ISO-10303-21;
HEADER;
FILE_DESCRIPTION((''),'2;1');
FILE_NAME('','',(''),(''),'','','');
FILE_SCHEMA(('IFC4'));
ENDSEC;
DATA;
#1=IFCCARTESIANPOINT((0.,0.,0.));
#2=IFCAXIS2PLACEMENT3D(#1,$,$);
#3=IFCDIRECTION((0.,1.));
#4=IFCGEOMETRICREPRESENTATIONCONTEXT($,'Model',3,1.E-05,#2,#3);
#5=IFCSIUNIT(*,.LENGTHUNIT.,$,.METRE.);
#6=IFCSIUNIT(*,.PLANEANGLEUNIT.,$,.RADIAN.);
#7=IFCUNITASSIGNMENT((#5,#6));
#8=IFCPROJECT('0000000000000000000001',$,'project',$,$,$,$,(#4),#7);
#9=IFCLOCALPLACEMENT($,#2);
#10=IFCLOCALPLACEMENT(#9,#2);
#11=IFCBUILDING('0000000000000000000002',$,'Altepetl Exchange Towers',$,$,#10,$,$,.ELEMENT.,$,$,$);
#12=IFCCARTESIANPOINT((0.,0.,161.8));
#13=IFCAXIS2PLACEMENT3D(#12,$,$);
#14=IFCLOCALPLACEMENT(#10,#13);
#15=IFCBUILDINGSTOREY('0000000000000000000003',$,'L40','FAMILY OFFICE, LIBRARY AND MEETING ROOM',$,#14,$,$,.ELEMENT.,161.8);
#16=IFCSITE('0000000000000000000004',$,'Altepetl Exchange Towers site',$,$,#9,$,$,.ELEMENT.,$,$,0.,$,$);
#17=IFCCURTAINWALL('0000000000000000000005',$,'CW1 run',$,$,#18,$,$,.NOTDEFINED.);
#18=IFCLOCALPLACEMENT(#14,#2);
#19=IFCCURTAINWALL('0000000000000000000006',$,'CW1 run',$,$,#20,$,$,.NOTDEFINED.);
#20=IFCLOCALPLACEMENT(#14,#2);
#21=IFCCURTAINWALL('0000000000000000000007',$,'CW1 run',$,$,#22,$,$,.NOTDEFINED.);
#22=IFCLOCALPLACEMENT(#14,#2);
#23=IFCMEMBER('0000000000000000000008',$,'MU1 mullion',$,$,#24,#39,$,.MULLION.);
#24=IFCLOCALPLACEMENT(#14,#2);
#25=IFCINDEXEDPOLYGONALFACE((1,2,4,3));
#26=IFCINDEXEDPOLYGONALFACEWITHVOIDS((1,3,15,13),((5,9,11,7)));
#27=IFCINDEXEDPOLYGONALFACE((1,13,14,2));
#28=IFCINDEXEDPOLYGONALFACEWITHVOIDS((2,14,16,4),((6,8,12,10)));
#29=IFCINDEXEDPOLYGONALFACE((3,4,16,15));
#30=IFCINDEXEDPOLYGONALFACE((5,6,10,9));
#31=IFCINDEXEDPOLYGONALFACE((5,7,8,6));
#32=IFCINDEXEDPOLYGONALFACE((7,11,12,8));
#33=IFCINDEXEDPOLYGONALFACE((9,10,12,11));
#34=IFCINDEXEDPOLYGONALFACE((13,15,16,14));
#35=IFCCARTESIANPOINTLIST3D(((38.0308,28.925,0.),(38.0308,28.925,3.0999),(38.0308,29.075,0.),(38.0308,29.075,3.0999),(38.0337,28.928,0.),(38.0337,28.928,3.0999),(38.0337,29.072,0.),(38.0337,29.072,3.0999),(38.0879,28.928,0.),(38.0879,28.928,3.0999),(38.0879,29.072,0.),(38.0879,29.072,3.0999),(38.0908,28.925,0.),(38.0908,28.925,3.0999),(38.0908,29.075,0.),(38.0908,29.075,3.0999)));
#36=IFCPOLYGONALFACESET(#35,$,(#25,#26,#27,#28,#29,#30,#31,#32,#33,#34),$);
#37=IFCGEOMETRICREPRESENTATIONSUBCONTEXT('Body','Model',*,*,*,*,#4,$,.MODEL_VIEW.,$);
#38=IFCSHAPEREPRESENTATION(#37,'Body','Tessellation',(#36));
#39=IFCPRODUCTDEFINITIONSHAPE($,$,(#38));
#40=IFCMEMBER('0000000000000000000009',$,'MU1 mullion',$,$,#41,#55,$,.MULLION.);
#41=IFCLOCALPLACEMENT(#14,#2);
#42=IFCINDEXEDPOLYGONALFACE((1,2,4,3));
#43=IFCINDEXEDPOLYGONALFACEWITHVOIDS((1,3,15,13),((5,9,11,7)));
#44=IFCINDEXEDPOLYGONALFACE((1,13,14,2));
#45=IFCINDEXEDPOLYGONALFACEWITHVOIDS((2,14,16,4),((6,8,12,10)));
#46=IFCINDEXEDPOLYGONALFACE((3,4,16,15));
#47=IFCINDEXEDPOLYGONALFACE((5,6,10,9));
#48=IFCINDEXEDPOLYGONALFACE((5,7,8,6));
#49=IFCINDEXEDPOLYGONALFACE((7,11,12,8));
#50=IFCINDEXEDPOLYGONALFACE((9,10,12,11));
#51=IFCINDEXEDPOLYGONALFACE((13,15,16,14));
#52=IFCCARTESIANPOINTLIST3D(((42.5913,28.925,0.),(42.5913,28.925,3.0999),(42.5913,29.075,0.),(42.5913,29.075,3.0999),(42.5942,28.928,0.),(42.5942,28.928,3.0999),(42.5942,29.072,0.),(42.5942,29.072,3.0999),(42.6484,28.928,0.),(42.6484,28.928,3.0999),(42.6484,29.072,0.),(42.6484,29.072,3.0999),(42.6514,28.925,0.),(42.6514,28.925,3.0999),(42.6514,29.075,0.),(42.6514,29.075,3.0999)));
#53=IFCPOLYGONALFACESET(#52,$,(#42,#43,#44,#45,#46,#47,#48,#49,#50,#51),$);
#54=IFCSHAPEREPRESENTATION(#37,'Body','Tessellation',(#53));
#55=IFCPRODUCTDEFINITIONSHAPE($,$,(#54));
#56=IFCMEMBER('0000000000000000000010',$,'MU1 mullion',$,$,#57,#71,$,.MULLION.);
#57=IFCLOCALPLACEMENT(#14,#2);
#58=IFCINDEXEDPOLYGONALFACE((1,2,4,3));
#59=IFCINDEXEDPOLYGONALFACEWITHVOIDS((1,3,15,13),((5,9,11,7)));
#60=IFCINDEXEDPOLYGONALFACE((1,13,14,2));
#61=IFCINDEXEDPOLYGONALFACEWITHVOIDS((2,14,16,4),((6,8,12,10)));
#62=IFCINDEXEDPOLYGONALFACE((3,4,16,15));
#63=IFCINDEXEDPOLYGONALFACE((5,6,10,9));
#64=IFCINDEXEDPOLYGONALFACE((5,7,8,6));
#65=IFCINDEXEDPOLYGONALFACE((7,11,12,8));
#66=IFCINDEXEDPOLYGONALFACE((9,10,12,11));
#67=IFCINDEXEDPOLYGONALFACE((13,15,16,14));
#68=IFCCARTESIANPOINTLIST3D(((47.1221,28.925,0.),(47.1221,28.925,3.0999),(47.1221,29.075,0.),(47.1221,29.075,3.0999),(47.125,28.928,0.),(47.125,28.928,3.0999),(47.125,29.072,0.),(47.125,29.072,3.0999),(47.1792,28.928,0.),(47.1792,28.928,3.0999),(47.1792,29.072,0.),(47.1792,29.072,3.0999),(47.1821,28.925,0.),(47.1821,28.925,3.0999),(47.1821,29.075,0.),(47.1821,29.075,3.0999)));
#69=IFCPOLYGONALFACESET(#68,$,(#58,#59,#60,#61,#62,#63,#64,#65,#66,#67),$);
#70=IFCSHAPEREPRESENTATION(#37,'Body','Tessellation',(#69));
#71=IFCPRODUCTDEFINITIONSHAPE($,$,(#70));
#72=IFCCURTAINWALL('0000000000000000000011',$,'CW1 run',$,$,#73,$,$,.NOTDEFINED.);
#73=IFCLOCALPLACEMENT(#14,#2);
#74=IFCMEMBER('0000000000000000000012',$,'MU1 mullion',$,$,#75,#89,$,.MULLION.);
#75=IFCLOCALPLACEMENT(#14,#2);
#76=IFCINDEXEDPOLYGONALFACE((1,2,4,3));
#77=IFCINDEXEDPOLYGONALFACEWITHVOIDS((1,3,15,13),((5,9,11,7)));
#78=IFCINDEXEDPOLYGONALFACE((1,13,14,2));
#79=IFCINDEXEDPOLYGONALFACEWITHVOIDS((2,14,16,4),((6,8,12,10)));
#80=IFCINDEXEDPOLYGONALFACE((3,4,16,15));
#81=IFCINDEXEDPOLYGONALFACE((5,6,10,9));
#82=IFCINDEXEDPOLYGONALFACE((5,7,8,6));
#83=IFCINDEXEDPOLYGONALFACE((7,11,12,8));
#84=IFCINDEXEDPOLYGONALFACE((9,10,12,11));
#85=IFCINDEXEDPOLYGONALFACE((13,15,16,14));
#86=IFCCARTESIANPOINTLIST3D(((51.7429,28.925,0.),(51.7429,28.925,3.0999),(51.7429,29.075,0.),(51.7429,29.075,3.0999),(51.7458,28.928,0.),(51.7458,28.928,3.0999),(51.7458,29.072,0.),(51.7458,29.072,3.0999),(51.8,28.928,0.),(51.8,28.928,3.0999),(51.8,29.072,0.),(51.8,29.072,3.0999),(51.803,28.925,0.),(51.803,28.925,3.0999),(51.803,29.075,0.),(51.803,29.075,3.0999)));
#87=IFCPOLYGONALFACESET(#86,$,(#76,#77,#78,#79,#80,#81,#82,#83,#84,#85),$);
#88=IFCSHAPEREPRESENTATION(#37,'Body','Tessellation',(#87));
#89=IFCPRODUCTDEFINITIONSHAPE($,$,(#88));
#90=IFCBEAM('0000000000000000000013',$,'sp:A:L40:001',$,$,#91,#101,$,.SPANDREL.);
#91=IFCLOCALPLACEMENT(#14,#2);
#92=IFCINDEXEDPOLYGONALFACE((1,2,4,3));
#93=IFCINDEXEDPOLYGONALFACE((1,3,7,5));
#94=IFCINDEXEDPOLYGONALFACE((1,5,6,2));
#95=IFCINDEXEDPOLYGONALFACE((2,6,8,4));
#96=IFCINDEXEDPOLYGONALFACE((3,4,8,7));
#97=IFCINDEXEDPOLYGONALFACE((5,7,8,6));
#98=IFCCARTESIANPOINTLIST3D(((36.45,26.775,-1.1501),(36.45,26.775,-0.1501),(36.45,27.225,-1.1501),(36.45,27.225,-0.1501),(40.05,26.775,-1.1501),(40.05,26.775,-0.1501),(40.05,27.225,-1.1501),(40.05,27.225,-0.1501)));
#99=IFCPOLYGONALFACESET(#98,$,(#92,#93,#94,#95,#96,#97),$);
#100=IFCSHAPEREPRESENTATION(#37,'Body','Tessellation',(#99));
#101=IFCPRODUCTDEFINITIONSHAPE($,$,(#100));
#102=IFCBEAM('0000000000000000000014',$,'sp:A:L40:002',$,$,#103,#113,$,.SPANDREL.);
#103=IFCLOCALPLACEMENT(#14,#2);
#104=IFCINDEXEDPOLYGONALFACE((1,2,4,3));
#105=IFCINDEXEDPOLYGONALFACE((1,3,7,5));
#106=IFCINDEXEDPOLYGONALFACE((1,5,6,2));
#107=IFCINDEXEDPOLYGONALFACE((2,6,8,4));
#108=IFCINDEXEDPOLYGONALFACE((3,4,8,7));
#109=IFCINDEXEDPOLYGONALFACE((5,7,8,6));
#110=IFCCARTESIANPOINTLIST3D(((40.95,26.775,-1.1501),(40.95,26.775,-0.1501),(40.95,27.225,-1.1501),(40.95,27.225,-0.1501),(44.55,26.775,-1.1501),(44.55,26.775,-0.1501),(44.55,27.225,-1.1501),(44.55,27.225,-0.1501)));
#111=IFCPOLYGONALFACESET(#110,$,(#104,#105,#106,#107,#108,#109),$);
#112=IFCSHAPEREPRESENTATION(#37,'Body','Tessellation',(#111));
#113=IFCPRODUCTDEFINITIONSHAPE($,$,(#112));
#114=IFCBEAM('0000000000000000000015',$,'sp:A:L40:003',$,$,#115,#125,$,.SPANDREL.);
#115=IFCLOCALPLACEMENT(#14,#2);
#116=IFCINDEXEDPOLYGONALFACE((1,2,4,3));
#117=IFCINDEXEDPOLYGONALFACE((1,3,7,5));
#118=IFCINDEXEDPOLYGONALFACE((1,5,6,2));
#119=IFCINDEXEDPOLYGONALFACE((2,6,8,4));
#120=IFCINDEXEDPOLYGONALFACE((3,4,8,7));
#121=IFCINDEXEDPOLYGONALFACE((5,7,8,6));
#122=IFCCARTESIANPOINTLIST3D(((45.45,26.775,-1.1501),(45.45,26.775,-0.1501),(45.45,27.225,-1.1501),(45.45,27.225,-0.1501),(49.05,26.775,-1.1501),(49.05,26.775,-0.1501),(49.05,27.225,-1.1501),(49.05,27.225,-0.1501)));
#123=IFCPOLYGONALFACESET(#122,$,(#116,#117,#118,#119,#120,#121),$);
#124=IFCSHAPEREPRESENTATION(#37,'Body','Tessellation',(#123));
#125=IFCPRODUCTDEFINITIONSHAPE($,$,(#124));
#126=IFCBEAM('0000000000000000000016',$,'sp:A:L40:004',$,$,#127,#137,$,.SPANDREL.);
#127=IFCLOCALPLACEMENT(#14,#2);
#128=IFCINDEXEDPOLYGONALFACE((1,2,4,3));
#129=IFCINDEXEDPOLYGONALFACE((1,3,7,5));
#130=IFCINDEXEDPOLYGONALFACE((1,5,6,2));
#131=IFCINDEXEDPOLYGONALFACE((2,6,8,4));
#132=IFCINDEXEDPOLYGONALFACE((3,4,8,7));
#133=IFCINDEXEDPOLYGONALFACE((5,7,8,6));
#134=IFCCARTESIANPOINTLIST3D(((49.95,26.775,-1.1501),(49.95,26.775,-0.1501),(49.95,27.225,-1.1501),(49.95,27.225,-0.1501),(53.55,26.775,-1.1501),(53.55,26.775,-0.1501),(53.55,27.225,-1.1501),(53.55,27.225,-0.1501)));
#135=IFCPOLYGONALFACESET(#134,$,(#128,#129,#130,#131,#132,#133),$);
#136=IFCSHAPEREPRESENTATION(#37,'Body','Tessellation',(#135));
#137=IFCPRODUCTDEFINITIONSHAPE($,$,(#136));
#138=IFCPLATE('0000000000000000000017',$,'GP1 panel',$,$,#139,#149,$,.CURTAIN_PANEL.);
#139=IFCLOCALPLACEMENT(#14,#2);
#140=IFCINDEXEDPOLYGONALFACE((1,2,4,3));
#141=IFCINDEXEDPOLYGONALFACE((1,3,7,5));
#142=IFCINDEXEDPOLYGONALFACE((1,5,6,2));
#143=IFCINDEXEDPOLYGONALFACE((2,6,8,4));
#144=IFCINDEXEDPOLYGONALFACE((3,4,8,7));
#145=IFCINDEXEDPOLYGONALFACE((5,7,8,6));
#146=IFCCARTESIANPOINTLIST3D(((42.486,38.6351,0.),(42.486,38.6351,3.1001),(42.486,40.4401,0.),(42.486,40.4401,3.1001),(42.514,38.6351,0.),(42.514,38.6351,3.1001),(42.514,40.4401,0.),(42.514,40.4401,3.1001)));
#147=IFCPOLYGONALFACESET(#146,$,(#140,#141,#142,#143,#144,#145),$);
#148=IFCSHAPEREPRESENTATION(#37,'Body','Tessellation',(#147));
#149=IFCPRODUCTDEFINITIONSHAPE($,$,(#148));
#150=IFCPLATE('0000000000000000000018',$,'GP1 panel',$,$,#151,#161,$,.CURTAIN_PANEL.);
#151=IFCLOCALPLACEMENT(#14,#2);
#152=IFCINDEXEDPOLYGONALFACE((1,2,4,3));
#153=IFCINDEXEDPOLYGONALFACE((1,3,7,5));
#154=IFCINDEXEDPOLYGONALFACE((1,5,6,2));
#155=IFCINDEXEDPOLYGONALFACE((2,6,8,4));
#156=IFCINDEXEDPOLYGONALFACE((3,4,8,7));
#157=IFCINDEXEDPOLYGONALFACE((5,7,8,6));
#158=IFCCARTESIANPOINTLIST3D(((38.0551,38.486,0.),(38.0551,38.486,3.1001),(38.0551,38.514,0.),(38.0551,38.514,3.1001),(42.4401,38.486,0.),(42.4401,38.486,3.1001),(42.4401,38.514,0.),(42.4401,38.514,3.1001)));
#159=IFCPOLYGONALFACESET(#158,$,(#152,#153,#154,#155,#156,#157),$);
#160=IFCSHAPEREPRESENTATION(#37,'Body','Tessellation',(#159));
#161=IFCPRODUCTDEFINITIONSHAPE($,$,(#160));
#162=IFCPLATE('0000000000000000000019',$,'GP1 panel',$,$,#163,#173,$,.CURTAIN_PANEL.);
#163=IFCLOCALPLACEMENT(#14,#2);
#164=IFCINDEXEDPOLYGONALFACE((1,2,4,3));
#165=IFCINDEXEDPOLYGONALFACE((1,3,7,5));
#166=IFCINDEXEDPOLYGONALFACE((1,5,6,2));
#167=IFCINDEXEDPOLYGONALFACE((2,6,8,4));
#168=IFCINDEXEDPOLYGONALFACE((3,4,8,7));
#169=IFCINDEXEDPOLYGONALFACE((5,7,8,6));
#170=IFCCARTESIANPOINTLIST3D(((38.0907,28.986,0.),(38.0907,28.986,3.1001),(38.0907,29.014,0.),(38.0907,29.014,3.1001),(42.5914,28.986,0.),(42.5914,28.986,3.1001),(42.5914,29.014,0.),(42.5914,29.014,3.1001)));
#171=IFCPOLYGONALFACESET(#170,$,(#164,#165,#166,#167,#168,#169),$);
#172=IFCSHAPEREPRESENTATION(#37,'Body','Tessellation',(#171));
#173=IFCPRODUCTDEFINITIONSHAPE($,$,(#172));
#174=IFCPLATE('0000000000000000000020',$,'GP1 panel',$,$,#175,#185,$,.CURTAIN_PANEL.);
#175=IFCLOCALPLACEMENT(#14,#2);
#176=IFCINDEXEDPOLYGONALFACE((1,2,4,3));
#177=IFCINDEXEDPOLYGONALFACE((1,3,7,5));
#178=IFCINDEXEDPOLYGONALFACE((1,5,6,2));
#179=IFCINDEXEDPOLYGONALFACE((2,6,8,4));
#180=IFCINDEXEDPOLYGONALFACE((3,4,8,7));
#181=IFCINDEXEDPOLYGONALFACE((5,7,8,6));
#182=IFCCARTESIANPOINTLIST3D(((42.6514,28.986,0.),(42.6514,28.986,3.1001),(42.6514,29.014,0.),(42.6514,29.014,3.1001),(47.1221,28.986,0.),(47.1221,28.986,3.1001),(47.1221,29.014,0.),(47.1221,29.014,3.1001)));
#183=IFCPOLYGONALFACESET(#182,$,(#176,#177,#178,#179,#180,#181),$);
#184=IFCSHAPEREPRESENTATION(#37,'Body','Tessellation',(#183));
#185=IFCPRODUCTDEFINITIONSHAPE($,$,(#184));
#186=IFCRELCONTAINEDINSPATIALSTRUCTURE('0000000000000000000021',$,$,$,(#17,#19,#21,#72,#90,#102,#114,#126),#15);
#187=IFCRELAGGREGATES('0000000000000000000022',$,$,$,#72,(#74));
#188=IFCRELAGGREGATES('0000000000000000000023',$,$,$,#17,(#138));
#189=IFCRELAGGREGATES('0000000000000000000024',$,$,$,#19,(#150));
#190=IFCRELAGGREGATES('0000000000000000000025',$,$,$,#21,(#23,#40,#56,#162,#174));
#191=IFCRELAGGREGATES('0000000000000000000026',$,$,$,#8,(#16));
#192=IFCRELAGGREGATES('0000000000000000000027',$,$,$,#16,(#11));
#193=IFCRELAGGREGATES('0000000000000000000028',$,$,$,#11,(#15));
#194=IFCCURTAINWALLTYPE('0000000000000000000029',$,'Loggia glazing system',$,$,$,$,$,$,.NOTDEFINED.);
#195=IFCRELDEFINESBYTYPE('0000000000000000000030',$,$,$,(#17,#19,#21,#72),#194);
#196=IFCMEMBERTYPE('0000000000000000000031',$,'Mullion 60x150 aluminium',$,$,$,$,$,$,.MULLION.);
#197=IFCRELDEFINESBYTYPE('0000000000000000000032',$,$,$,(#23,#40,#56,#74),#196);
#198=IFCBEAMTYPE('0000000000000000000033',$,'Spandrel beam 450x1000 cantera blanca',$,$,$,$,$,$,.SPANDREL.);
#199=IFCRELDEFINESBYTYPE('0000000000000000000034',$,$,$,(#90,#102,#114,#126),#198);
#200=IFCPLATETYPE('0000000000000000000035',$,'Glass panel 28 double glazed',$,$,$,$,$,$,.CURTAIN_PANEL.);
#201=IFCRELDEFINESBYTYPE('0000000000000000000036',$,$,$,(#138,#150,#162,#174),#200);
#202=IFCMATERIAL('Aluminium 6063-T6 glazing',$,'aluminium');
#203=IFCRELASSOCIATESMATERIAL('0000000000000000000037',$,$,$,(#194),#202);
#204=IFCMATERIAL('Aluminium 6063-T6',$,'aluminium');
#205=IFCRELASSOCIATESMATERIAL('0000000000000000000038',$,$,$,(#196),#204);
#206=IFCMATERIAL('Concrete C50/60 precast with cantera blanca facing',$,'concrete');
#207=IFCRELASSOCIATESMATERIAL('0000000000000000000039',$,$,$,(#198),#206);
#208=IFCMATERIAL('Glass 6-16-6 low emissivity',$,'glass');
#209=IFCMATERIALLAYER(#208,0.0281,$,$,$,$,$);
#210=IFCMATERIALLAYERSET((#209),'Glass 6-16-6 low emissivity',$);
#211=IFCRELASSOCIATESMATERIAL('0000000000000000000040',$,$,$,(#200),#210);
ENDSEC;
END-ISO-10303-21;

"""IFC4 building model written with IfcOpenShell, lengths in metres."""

from ifc_helpers import new_model, si_unit, direction, frame, origin, origin_2d, place, context, subcontext, project, spatial, rectangle, hollow_rectangle, extrude, material, layer, layer_set, material_profile, profile_set, type_object, element, aggregate, save


model = new_model("IFC4")

# Units and contexts
model_context = context("Model", 3, precision=1e-05, world=origin(), true_north=direction((0.0, 1.0)))
body_context = subcontext(model_context, "Body", "Model", "MODEL_VIEW")
ifc_project = project(units=[si_unit("LENGTHUNIT", "METRE"), si_unit("PLANEANGLEUNIT", "RADIAN")], contexts=[model_context])

# Site, building, storey
site_placement = place(None, origin())
site = spatial("IfcSite", under=ifc_project, at=site_placement, Name="Altepetl Exchange Towers site", CompositionType="ELEMENT", RefElevation=0.0)
building_placement = place(site_placement, origin())
building = spatial("IfcBuilding", under=site, at=building_placement, Name="Altepetl Exchange Towers", CompositionType="ELEMENT")
storey_placement = place(building_placement, frame((0.0, 0.0, 161.8)))
storey = spatial("IfcBuildingStorey", under=building, at=storey_placement, Name="L40", Description="FAMILY OFFICE, LIBRARY AND MEETING ROOM", CompositionType="ELEMENT", Elevation=161.8)

# Curtain wall
ifc_material_1 = material(Name="Aluminium 6063-T6 glazing", Category="aluminium")
curtain_wall_type = type_object("IfcCurtainWallType", Name="Loggia glazing system", PredefinedType="NOTDEFINED", material=ifc_material_1)
curtain_wall_1_placement = place(storey_placement, origin())
curtain_wall_1 = element("IfcCurtainWall", 1, at=curtain_wall_1_placement, inside=storey, type_object=curtain_wall_type, Name="CW1 run", PredefinedType="NOTDEFINED")
ifc_material_2 = material(Name="Aluminium 6063-T6", Category="aluminium")
ifc_material_profile_1 = material_profile(ifc_material_2, hollow_rectangle(XDim=0.0601, YDim=0.1499, WallThickness=0.0029, at=origin_2d()), Name="Mullion 60x150 aluminium")
ifc_profile_set_1 = profile_set([ifc_material_profile_1], Name="Aluminium 6063-T6")
member_type = type_object("IfcMemberType", Name="Mullion 60x150 aluminium", PredefinedType="MULLION", material=ifc_profile_set_1)

# Curtain walls, members
curtain_wall_2_placement = place(storey_placement, origin())
curtain_wall_2 = element("IfcCurtainWall", 2, at=curtain_wall_2_placement, inside=storey, type_object=curtain_wall_type, Name="CW1 run", PredefinedType="NOTDEFINED")
curtain_wall_3_placement = place(storey_placement, origin())
curtain_wall_3 = element("IfcCurtainWall", 3, at=curtain_wall_3_placement, inside=storey, type_object=curtain_wall_type, Name="CW1 run", PredefinedType="NOTDEFINED")
member_1_placement = place(storey_placement, frame((38.0608, 29.0, 0.0)))
member_1 = element("IfcMember", 4, at=member_1_placement, type_object=member_type, Name="MU1 mullion", PredefinedType="MULLION", context=body_context, shape_type="SweptSolid", body=[
    extrude(hollow_rectangle(XDim=0.0601, YDim=0.1499, WallThickness=0.0029, at=origin_2d()), origin(), (0.0, 0.0, 1.0), 3.0999),
])
member_2_placement = place(storey_placement, frame((42.6213, 29.0, 0.0)))
member_2 = element("IfcMember", 5, at=member_2_placement, type_object=member_type, Name="MU1 mullion", PredefinedType="MULLION", context=body_context, shape_type="SweptSolid", body=[
    extrude(hollow_rectangle(XDim=0.0601, YDim=0.1499, WallThickness=0.0029, at=origin_2d()), origin(), (0.0, 0.0, 1.0), 3.0999),
])
member_3_placement = place(storey_placement, frame((47.1521, 29.0, 0.0)))
member_3 = element("IfcMember", 6, at=member_3_placement, type_object=member_type, Name="MU1 mullion", PredefinedType="MULLION", context=body_context, shape_type="SweptSolid", body=[
    extrude(hollow_rectangle(XDim=0.0601, YDim=0.1499, WallThickness=0.0029, at=origin_2d()), origin(), (0.0, 0.0, 1.0), 3.0999),
])

# Curtain wall, member
curtain_wall_4_placement = place(storey_placement, origin())
curtain_wall_4 = element("IfcCurtainWall", 7, at=curtain_wall_4_placement, inside=storey, type_object=curtain_wall_type, Name="CW1 run", PredefinedType="NOTDEFINED")
member_4_placement = place(storey_placement, frame((51.7729, 29.0, 0.0)))
member_4 = element("IfcMember", 8, at=member_4_placement, type_object=member_type, Name="MU1 mullion", PredefinedType="MULLION", context=body_context, shape_type="SweptSolid", body=[
    extrude(hollow_rectangle(XDim=0.0601, YDim=0.1499, WallThickness=0.0029, at=origin_2d()), origin(), (0.0, 0.0, 1.0), 3.0999),
])
aggregate(curtain_wall_4, [member_4])

# Beams
ifc_material_3 = material(Name="Concrete C50/60 precast with cantera blanca facing", Category="concrete")
ifc_material_profile_2 = material_profile(ifc_material_3, rectangle(XDim=0.45, YDim=1.0, at=origin_2d()), Name="450 x 1000")
ifc_profile_set_2 = profile_set([ifc_material_profile_2], Name="Concrete C50/60 precast with cantera blanca facing")
beam_type_1 = type_object("IfcBeamType", Name="Spandrel beam 450x1000 cantera blanca", PredefinedType="SPANDREL", material=ifc_profile_set_2)
for number, where, z_axis, x_axis, name in (
    (9, (36.45, 27.0, -0.6501), (1.0, 0.0, 0.0), (0.0, 1.0, 0.0), "sp:A:L40:001"),
    (10, (40.95, 27.0, -0.6501), (1.0, 0.0, 0.0), (0.0, 1.0, 0.0), "sp:A:L40:002"),
    (11, (45.45, 27.0, -0.6501), (1.0, 0.0, 0.0), (0.0, 1.0, 0.0), "sp:A:L40:003"),
    (12, (49.95, 27.0, -0.6501), (1.0, 0.0, 0.0), (0.0, 1.0, 0.0), "sp:A:L40:004"),
):
    element("IfcBeam", number, at=place(storey_placement, frame(where, z_axis=z_axis, x_axis=x_axis)), inside=storey, type_object=beam_type_1, Name=name, PredefinedType="SPANDREL", context=body_context, shape_type="SweptSolid", body=[
        extrude(rectangle(XDim=0.45, YDim=1.0, at=origin_2d()), origin(), (0.0, 0.0, 1.0), 3.6001),
    ])

# Plates
ifc_material_4 = material(Name="Glass 6-16-6 low emissivity", Category="glass")
ifc_layer_1 = layer(ifc_material_4, 0.0281)
ifc_layer_set_1 = layer_set([ifc_layer_1], Name="Glass 6-16-6 low emissivity")
plate_type = type_object("IfcPlateType", Name="Glass panel 28 double glazed", PredefinedType="CURTAIN_PANEL", material=ifc_layer_set_1)
plate_1_placement = place(storey_placement, frame((42.5, 39.5376, 0.0), z_axis=(0.0, 0.0, 1.0), x_axis=(0.0, -1.0, 0.0)))
plate_1 = element("IfcPlate", 13, at=plate_1_placement, type_object=plate_type, Name="GP1 panel", PredefinedType="CURTAIN_PANEL", context=body_context, shape_type="SweptSolid", body=[
    extrude(rectangle(XDim=1.8049, YDim=0.0281, at=origin_2d()), origin(), (0.0, 0.0, 1.0), 3.1001),
])
aggregate(curtain_wall_1, [plate_1])
plate_2_placement = place(storey_placement, frame((40.2476, 38.5, 0.0), z_axis=(0.0, 0.0, 1.0), x_axis=(-1.0, 0.0, 0.0)))
plate_2 = element("IfcPlate", 14, at=plate_2_placement, type_object=plate_type, Name="GP1 panel", PredefinedType="CURTAIN_PANEL", context=body_context, shape_type="SweptSolid", body=[
    extrude(rectangle(XDim=4.385, YDim=0.0281, at=origin_2d()), origin(), (0.0, 0.0, 1.0), 3.1001),
])
aggregate(curtain_wall_2, [plate_2])
plate_3_placement = place(storey_placement, frame((40.3411, 29.0, 0.0)))
plate_3 = element("IfcPlate", 15, at=plate_3_placement, type_object=plate_type, Name="GP1 panel", PredefinedType="CURTAIN_PANEL", context=body_context, shape_type="SweptSolid", body=[
    extrude(rectangle(XDim=4.5007, YDim=0.0281, at=origin_2d()), origin(), (0.0, 0.0, 1.0), 3.1001),
])
plate_4_placement = place(storey_placement, frame((44.8867, 29.0, 0.0)))
plate_4 = element("IfcPlate", 16, at=plate_4_placement, type_object=plate_type, Name="GP1 panel", PredefinedType="CURTAIN_PANEL", context=body_context, shape_type="SweptSolid", body=[
    extrude(rectangle(XDim=4.4707, YDim=0.0281, at=origin_2d()), origin(), (0.0, 0.0, 1.0), 3.1001),
])
aggregate(curtain_wall_3, [member_1, member_2, member_3, plate_3, plate_4])

save(model, "model.ifc")
